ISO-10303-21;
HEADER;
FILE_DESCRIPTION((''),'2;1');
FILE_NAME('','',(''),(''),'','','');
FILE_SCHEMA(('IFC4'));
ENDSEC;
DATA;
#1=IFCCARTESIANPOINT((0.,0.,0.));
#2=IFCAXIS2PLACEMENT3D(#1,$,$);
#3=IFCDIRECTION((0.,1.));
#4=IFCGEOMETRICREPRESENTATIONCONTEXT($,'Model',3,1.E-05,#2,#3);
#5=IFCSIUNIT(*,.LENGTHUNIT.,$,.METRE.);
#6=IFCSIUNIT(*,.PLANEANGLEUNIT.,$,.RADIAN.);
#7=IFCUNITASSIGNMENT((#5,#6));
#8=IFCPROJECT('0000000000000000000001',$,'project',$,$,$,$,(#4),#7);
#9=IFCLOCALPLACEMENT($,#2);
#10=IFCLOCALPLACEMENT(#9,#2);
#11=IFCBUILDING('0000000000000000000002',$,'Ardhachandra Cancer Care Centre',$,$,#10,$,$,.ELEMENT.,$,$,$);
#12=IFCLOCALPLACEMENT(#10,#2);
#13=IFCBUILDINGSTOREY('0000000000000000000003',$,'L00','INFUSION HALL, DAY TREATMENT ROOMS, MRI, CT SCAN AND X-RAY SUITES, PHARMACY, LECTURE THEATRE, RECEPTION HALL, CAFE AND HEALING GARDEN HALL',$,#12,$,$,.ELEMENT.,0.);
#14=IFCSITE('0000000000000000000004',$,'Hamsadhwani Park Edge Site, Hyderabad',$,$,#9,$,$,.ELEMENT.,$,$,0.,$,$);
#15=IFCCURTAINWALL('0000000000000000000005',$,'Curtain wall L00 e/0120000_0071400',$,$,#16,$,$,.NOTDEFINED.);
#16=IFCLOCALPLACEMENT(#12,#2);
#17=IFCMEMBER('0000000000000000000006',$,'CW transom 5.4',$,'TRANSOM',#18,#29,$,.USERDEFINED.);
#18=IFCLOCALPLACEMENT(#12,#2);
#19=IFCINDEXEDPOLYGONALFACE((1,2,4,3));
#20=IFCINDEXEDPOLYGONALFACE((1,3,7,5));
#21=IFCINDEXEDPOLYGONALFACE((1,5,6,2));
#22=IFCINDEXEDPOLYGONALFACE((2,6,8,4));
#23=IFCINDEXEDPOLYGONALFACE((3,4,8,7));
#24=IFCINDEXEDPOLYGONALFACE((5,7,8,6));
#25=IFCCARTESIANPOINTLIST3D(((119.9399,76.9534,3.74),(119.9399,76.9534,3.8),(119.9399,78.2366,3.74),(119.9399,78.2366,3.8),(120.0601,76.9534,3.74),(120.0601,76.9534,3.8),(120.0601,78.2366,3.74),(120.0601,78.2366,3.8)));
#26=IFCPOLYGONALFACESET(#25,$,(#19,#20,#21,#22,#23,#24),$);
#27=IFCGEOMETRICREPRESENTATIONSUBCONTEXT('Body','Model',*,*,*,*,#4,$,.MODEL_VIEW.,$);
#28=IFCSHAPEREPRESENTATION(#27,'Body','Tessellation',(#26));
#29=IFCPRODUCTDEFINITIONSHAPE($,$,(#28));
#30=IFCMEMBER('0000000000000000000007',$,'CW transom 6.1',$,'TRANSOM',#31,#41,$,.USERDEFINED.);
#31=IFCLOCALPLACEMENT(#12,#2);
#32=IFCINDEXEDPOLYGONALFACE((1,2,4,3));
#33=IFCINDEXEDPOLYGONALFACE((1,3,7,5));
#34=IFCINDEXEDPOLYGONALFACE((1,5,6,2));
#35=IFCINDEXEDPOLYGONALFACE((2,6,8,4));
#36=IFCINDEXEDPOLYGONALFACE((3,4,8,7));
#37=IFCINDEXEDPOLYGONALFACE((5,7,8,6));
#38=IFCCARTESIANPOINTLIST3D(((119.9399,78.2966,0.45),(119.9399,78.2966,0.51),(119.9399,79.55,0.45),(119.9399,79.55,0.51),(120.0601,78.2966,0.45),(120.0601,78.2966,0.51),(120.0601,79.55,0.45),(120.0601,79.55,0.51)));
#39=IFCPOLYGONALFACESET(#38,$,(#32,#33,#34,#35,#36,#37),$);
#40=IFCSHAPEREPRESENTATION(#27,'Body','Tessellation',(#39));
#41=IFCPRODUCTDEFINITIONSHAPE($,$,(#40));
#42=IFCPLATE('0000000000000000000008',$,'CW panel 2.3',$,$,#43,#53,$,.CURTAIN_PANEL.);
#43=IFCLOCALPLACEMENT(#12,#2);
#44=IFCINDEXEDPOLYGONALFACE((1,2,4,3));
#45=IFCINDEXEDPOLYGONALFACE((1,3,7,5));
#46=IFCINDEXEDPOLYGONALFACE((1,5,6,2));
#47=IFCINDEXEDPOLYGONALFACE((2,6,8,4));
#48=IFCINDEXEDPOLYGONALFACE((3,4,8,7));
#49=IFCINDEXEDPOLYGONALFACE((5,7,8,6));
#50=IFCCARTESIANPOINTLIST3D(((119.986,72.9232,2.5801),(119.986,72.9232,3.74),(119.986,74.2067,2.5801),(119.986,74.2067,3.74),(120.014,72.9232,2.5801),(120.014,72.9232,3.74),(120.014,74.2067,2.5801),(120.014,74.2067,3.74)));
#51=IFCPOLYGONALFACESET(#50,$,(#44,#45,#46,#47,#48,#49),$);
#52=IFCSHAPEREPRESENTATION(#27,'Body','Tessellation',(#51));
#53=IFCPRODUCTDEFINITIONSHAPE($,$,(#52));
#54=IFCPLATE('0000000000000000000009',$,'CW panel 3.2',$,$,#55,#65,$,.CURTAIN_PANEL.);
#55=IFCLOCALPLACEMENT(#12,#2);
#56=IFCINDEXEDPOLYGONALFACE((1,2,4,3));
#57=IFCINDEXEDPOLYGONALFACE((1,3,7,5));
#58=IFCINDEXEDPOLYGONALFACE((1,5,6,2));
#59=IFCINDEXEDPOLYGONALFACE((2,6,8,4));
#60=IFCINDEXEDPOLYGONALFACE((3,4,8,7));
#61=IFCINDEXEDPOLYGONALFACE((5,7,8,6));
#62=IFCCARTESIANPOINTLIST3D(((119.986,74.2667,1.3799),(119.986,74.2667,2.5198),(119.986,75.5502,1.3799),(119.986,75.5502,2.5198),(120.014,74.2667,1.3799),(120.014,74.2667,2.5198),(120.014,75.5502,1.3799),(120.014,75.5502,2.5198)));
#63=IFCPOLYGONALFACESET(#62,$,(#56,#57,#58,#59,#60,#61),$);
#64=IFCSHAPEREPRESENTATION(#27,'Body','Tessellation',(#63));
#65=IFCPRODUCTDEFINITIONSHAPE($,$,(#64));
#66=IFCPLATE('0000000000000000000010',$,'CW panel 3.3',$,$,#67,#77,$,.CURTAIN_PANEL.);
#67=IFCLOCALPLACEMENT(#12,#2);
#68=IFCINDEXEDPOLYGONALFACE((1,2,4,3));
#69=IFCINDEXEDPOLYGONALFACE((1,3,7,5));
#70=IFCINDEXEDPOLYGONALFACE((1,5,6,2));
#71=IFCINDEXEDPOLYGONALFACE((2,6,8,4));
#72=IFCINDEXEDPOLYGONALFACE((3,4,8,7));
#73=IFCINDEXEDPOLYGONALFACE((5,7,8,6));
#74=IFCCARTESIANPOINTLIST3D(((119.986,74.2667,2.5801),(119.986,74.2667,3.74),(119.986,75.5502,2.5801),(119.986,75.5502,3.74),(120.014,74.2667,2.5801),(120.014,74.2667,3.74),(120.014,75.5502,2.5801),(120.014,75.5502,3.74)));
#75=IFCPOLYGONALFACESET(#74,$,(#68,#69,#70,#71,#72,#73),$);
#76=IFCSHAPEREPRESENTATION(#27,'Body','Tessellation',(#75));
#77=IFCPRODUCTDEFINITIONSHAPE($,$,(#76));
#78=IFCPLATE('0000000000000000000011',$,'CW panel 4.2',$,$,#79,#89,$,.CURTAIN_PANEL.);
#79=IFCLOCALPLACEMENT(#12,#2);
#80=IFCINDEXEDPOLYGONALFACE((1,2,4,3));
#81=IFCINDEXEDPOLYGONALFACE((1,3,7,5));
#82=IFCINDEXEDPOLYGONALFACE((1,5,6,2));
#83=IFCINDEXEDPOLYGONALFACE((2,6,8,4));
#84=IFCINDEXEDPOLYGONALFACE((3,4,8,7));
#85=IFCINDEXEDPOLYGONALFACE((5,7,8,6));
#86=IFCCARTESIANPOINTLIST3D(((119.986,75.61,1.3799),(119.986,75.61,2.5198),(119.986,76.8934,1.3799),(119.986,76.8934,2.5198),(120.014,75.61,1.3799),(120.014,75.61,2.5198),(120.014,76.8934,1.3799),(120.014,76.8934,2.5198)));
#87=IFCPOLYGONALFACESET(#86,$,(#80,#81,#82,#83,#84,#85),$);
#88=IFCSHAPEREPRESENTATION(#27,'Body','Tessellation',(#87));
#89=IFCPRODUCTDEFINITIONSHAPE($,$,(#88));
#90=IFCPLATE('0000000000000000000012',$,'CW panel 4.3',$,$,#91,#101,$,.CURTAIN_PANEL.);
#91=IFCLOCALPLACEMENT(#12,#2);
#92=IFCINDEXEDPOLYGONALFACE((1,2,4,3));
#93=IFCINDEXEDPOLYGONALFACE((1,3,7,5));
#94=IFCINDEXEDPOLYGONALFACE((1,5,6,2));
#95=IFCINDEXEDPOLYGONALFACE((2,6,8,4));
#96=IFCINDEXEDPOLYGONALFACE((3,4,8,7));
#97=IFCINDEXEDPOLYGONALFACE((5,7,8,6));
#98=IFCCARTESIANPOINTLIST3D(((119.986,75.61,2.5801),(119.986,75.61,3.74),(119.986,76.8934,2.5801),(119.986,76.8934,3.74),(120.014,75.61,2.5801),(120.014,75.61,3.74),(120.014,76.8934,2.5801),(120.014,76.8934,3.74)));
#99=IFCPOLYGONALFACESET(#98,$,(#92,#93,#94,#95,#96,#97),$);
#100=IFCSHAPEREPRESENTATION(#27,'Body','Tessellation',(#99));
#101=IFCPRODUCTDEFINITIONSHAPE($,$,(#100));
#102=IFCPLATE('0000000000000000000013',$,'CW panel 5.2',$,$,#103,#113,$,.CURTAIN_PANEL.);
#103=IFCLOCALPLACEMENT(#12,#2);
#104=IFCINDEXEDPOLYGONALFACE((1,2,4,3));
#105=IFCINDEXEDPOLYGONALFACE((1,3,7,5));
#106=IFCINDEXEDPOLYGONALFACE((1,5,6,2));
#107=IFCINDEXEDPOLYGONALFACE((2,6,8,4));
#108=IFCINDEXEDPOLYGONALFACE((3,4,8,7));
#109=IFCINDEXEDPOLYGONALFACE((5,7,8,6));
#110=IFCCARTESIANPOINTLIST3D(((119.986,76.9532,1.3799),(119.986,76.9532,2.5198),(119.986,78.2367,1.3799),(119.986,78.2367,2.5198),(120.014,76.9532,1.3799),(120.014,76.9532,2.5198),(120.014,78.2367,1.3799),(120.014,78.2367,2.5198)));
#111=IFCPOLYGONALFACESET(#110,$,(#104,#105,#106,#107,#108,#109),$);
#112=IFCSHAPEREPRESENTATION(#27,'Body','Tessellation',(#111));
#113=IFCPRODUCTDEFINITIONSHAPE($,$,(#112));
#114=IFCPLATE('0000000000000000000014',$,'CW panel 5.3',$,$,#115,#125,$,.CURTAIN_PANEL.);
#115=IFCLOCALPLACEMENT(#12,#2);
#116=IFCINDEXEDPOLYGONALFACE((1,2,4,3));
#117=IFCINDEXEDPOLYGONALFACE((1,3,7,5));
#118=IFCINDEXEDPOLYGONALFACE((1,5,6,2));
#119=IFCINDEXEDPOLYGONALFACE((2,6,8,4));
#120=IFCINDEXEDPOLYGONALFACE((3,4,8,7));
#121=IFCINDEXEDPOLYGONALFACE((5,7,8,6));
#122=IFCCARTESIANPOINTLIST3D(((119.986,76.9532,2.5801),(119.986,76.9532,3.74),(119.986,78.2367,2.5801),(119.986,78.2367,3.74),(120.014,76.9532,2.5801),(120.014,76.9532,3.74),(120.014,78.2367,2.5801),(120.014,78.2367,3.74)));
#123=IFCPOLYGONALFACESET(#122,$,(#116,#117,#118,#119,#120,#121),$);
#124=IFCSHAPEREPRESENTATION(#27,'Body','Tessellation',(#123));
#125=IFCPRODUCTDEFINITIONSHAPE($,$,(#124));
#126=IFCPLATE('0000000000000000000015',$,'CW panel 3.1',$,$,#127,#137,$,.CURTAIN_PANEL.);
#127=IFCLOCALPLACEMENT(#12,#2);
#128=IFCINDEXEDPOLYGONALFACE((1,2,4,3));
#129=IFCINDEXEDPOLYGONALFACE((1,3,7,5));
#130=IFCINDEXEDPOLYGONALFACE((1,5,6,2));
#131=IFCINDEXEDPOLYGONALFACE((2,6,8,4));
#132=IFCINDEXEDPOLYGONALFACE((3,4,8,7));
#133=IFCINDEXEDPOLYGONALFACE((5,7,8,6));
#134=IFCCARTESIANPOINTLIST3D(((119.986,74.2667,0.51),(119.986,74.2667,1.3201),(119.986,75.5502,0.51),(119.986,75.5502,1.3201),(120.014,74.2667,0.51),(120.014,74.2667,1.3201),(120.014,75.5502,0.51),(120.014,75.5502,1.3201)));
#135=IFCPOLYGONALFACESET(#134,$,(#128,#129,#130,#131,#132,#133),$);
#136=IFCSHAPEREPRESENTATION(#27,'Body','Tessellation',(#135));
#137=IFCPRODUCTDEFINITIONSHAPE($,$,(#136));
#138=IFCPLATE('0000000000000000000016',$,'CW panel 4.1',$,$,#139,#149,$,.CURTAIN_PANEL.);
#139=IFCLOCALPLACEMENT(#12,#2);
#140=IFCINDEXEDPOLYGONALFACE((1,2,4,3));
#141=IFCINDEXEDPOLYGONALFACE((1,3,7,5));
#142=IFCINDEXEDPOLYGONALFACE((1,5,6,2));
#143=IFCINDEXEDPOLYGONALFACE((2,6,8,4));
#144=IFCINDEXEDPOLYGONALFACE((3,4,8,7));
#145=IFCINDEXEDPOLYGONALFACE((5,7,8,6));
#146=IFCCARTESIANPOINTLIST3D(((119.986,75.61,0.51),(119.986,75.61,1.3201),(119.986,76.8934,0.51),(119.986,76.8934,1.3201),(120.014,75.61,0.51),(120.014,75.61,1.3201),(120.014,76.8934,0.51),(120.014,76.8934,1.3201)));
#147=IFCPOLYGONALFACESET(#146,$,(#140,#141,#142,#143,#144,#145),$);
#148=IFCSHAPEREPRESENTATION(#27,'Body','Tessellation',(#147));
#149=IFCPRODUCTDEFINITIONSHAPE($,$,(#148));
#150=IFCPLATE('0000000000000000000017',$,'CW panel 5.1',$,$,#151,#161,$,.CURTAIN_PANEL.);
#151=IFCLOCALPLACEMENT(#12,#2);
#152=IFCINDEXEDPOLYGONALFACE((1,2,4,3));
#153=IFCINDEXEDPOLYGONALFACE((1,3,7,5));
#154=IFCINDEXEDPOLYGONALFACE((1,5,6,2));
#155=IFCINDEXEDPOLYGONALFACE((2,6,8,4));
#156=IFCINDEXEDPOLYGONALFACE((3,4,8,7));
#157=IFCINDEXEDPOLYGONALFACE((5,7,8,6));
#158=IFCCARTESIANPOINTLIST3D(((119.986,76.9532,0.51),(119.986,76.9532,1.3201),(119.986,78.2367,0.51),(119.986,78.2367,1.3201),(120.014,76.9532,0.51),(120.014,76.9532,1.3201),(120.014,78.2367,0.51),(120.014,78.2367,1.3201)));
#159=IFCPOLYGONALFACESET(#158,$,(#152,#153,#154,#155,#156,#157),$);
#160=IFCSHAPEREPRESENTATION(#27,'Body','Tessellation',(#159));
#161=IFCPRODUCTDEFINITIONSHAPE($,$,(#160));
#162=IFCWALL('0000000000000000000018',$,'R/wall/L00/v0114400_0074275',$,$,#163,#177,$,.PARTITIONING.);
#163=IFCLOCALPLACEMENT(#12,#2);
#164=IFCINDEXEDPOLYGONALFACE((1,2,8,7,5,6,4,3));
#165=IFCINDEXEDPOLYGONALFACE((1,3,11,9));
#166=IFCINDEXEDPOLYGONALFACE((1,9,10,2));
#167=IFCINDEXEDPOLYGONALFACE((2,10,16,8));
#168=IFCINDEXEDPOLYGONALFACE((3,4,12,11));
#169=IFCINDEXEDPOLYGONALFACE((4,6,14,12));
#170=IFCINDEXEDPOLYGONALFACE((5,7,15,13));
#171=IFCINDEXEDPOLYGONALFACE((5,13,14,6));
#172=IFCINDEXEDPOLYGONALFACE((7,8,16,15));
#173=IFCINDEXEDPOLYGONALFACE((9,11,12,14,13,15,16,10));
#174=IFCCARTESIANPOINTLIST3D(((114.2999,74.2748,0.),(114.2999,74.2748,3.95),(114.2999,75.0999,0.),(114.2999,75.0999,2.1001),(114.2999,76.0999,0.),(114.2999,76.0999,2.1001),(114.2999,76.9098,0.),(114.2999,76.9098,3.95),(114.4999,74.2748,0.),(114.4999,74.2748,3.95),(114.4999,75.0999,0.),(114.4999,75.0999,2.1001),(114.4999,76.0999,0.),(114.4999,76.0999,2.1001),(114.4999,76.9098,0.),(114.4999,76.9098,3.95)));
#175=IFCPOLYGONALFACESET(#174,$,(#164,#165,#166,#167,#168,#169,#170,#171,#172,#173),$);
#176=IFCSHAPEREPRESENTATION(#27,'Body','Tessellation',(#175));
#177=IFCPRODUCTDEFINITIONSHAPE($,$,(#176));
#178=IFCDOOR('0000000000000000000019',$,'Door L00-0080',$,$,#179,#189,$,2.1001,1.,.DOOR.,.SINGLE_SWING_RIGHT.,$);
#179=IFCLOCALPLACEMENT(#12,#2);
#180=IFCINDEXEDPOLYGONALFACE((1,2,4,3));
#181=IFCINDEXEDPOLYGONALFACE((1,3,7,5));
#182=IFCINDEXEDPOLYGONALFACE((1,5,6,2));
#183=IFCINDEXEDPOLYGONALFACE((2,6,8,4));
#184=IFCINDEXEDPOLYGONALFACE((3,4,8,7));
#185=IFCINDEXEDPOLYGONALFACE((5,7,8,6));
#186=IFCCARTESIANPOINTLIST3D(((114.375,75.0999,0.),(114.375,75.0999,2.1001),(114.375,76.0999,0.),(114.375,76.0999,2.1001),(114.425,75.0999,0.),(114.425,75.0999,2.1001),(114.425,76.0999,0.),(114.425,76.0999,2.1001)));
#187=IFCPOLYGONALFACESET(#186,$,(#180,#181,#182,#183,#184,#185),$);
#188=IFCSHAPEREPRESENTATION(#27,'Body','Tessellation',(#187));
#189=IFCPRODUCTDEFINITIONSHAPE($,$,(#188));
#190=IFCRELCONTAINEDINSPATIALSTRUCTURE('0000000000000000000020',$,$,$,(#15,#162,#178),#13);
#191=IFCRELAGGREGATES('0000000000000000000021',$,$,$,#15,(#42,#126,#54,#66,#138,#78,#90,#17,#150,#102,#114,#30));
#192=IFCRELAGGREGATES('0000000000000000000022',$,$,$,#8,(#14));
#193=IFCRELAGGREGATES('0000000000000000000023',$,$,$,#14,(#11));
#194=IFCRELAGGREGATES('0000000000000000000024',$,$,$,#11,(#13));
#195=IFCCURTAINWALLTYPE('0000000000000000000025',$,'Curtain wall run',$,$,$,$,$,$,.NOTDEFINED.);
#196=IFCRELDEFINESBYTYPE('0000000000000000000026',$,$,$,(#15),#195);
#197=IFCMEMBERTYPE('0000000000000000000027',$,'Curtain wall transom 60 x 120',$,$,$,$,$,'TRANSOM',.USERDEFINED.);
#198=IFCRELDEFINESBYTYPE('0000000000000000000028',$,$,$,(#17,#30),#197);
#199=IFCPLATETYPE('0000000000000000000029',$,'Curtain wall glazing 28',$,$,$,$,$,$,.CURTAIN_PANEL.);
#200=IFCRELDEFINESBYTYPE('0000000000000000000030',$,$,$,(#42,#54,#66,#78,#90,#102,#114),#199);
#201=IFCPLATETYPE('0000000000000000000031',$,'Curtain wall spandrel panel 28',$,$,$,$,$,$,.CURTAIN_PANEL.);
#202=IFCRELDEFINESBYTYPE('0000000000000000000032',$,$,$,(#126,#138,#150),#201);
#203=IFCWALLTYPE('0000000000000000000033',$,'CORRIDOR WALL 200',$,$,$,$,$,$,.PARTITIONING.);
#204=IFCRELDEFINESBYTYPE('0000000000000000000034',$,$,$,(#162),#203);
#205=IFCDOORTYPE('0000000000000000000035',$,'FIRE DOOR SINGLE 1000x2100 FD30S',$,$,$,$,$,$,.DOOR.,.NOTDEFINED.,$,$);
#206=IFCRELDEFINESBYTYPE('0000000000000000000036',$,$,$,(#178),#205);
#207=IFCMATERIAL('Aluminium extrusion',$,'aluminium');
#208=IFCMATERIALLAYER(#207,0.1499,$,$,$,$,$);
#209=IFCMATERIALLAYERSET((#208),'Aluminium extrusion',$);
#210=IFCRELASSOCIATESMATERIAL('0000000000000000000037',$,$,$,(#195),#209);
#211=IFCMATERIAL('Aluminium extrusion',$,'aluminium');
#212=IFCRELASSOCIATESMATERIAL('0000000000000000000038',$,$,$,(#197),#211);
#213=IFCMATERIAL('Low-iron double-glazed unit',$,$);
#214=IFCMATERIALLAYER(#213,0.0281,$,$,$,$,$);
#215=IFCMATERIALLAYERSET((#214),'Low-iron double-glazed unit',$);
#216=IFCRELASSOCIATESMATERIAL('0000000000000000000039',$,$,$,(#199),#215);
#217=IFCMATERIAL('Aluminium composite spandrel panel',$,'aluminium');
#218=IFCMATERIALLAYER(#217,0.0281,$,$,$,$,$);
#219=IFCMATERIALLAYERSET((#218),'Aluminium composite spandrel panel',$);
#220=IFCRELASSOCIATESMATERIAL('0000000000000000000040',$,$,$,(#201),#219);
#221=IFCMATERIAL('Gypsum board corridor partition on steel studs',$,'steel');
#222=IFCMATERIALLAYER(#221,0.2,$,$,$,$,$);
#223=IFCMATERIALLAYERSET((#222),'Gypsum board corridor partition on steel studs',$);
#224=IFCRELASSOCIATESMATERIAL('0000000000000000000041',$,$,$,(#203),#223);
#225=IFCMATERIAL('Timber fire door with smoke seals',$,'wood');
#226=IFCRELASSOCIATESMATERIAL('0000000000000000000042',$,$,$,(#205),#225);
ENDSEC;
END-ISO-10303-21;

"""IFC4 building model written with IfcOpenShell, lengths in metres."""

from ifc_helpers import new_model, si_unit, direction, frame, frame_2d, origin, origin_2d, place, context, subcontext, project, spatial, rectangle, extrude, material, layer, layer_set, material_profile, profile_set, type_object, element, fill, aggregate, save


model = new_model("IFC4")

# Units and contexts
model_context = context("Model", 3, precision=1e-05, world=origin(), true_north=direction((0.0, 1.0)))
body_context = subcontext(model_context, "Body", "Model", "MODEL_VIEW")
ifc_project = project(units=[si_unit("LENGTHUNIT", "METRE"), si_unit("PLANEANGLEUNIT", "RADIAN")], contexts=[model_context])

# Site, building, storey
site_placement = place(None, origin())
site = spatial("IfcSite", under=ifc_project, at=site_placement, Name="Hamsadhwani Park Edge Site, Hyderabad", CompositionType="ELEMENT", RefElevation=0.0)
building_placement = place(site_placement, origin())
building = spatial("IfcBuilding", under=site, at=building_placement, Name="Ardhachandra Cancer Care Centre", CompositionType="ELEMENT")
storey_placement = place(building_placement, origin())
storey = spatial("IfcBuildingStorey", under=building, at=storey_placement, Name="L00", Description="INFUSION HALL, DAY TREATMENT ROOMS, MRI, CT SCAN AND X-RAY SUITES, PHARMACY, LECTURE THEATRE, RECEPTION HALL, CAFE AND HEALING GARDEN HALL", CompositionType="ELEMENT", Elevation=0.0)

# Curtain wall, members, plates
ifc_material_1 = material(Name="Aluminium extrusion", Category="aluminium")
ifc_layer_1 = layer(ifc_material_1, 0.1499)
ifc_layer_set_1 = layer_set([ifc_layer_1], Name="Aluminium extrusion")
curtain_wall_type = type_object("IfcCurtainWallType", Name="Curtain wall run", PredefinedType="NOTDEFINED", material=ifc_layer_set_1)
curtain_wall_placement = place(storey_placement, origin())
curtain_wall = element("IfcCurtainWall", 1, at=curtain_wall_placement, inside=storey, type_object=curtain_wall_type, Name="Curtain wall L00 e/0120000_0071400", PredefinedType="NOTDEFINED")
ifc_material_2 = material(Name="Aluminium extrusion", Category="aluminium")
ifc_material_profile_1 = material_profile(ifc_material_2, rectangle(XDim=0.1201, YDim=0.0601, at=origin_2d()), Name="Curtain wall transom 60 x 120")
ifc_profile_set_1 = profile_set([ifc_material_profile_1], Name="Aluminium extrusion")
member_type_1 = type_object("IfcMemberType", Name="Curtain wall transom 60 x 120", ElementType="TRANSOM", PredefinedType="USERDEFINED", material=ifc_profile_set_1)
member_1_placement = place(storey_placement, frame((120.0, 76.9534, 3.77), z_axis=(0.0, 1.0, 0.0), x_axis=(-1.0, 0.0, 0.0)))
member_1 = element("IfcMember", 2, at=member_1_placement, type_object=member_type_1, Name="CW transom 5.4", ObjectType="TRANSOM", PredefinedType="USERDEFINED", context=body_context, shape_type="SweptSolid", body=[
    extrude(rectangle(XDim=0.1201, YDim=0.0601, at=origin_2d()), origin(), (0.0, 0.0, 1.0), 1.2832),
])
member_2_placement = place(storey_placement, frame((120.0, 78.2966, 0.48), z_axis=(0.0, 1.0, 0.0), x_axis=(-1.0, 0.0, 0.0)))
member_2 = element("IfcMember", 3, at=member_2_placement, type_object=member_type_1, Name="CW transom 6.1", ObjectType="TRANSOM", PredefinedType="USERDEFINED", context=body_context, shape_type="SweptSolid", body=[
    extrude(rectangle(XDim=0.1201, YDim=0.0601, at=origin_2d()), origin(), (0.0, 0.0, 1.0), 1.2534),
])
ifc_material_3 = material(Name="Low-iron double-glazed unit")
ifc_layer_2 = layer(ifc_material_3, 0.0281)
ifc_layer_set_2 = layer_set([ifc_layer_2], Name="Low-iron double-glazed unit")
plate_type_1 = type_object("IfcPlateType", Name="Curtain wall glazing 28", PredefinedType="CURTAIN_PANEL", material=ifc_layer_set_2)
plate_1_placement = place(storey_placement, frame((120.0, 73.5649, 2.5801), z_axis=(0.0, 0.0, 1.0), x_axis=(0.0, 1.0, 0.0)))
plate_1 = element("IfcPlate", 4, at=plate_1_placement, type_object=plate_type_1, Name="CW panel 2.3", PredefinedType="CURTAIN_PANEL", context=body_context, shape_type="SweptSolid", body=[
    extrude(rectangle(XDim=1.2834, YDim=0.0281, at=origin_2d()), origin(), (0.0, 0.0, 1.0), 1.1599),
])
plate_2_placement = place(storey_placement, frame((120.0, 74.9084, 1.3799), z_axis=(0.0, 0.0, 1.0), x_axis=(0.0, 1.0, 0.0)))
plate_2 = element("IfcPlate", 5, at=plate_2_placement, type_object=plate_type_1, Name="CW panel 3.2", PredefinedType="CURTAIN_PANEL", context=body_context, shape_type="SweptSolid", body=[
    extrude(rectangle(XDim=1.2834, YDim=0.0281, at=origin_2d()), origin(), (0.0, 0.0, 1.0), 1.1399),
])
plate_3_placement = place(storey_placement, frame((120.0, 74.9084, 2.5801), z_axis=(0.0, 0.0, 1.0), x_axis=(0.0, 1.0, 0.0)))
plate_3 = element("IfcPlate", 6, at=plate_3_placement, type_object=plate_type_1, Name="CW panel 3.3", PredefinedType="CURTAIN_PANEL", context=body_context, shape_type="SweptSolid", body=[
    extrude(rectangle(XDim=1.2834, YDim=0.0281, at=origin_2d()), origin(), (0.0, 0.0, 1.0), 1.1599),
])
plate_4_placement = place(storey_placement, frame((120.0, 76.2517, 1.3799), z_axis=(0.0, 0.0, 1.0), x_axis=(0.0, 1.0, 0.0)))
plate_4 = element("IfcPlate", 7, at=plate_4_placement, type_object=plate_type_1, Name="CW panel 4.2", PredefinedType="CURTAIN_PANEL", context=body_context, shape_type="SweptSolid", body=[
    extrude(rectangle(XDim=1.2834, YDim=0.0281, at=origin_2d()), origin(), (0.0, 0.0, 1.0), 1.1399),
])
plate_5_placement = place(storey_placement, frame((120.0, 76.2517, 2.5801), z_axis=(0.0, 0.0, 1.0), x_axis=(0.0, 1.0, 0.0)))
plate_5 = element("IfcPlate", 8, at=plate_5_placement, type_object=plate_type_1, Name="CW panel 4.3", PredefinedType="CURTAIN_PANEL", context=body_context, shape_type="SweptSolid", body=[
    extrude(rectangle(XDim=1.2834, YDim=0.0281, at=origin_2d()), origin(), (0.0, 0.0, 1.0), 1.1599),
])
plate_6_placement = place(storey_placement, frame((120.0, 77.595, 1.3799), z_axis=(0.0, 0.0, 1.0), x_axis=(0.0, 1.0, 0.0)))
plate_6 = element("IfcPlate", 9, at=plate_6_placement, type_object=plate_type_1, Name="CW panel 5.2", PredefinedType="CURTAIN_PANEL", context=body_context, shape_type="SweptSolid", body=[
    extrude(rectangle(XDim=1.2834, YDim=0.0281, at=origin_2d()), origin(), (0.0, 0.0, 1.0), 1.1399),
])
plate_7_placement = place(storey_placement, frame((120.0, 77.595, 2.5801), z_axis=(0.0, 0.0, 1.0), x_axis=(0.0, 1.0, 0.0)))
plate_7 = element("IfcPlate", 10, at=plate_7_placement, type_object=plate_type_1, Name="CW panel 5.3", PredefinedType="CURTAIN_PANEL", context=body_context, shape_type="SweptSolid", body=[
    extrude(rectangle(XDim=1.2834, YDim=0.0281, at=origin_2d()), origin(), (0.0, 0.0, 1.0), 1.1599),
])
ifc_material_4 = material(Name="Aluminium composite spandrel panel", Category="aluminium")
ifc_layer_3 = layer(ifc_material_4, 0.0281)
ifc_layer_set_3 = layer_set([ifc_layer_3], Name="Aluminium composite spandrel panel")
plate_type_2 = type_object("IfcPlateType", Name="Curtain wall spandrel panel 28", PredefinedType="CURTAIN_PANEL", material=ifc_layer_set_3)
plate_8_placement = place(storey_placement, frame((120.0, 74.9084, 0.51), z_axis=(0.0, 0.0, 1.0), x_axis=(0.0, 1.0, 0.0)))
plate_8 = element("IfcPlate", 11, at=plate_8_placement, type_object=plate_type_2, Name="CW panel 3.1", PredefinedType="CURTAIN_PANEL", context=body_context, shape_type="SweptSolid", body=[
    extrude(rectangle(XDim=1.2834, YDim=0.0281, at=origin_2d()), origin(), (0.0, 0.0, 1.0), 0.8101),
])
plate_9_placement = place(storey_placement, frame((120.0, 76.2517, 0.51), z_axis=(0.0, 0.0, 1.0), x_axis=(0.0, 1.0, 0.0)))
plate_9 = element("IfcPlate", 12, at=plate_9_placement, type_object=plate_type_2, Name="CW panel 4.1", PredefinedType="CURTAIN_PANEL", context=body_context, shape_type="SweptSolid", body=[
    extrude(rectangle(XDim=1.2834, YDim=0.0281, at=origin_2d()), origin(), (0.0, 0.0, 1.0), 0.8101),
])
plate_10_placement = place(storey_placement, frame((120.0, 77.595, 0.51), z_axis=(0.0, 0.0, 1.0), x_axis=(0.0, 1.0, 0.0)))
plate_10 = element("IfcPlate", 13, at=plate_10_placement, type_object=plate_type_2, Name="CW panel 5.1", PredefinedType="CURTAIN_PANEL", context=body_context, shape_type="SweptSolid", body=[
    extrude(rectangle(XDim=1.2834, YDim=0.0281, at=origin_2d()), origin(), (0.0, 0.0, 1.0), 0.8101),
])
aggregate(curtain_wall, [plate_1, plate_8, plate_2, plate_3, plate_9, plate_4, plate_5, member_1, plate_10, plate_6, plate_7, member_2])

# Wall, opening, door
ifc_material_5 = material(Name="Gypsum board corridor partition on steel studs", Category="steel")
ifc_layer_4 = layer(ifc_material_5, 0.2)
ifc_layer_set_4 = layer_set([ifc_layer_4], Name="Gypsum board corridor partition on steel studs")
wall_type = type_object("IfcWallType", Name="CORRIDOR WALL 200", PredefinedType="PARTITIONING", material=ifc_layer_set_4)
wall_1_placement = place(storey_placement, frame((114.3999, 74.2749, 0.0), z_axis=(0.0, 0.0, 1.0), x_axis=(0.0, 1.0, 0.0)))
wall_1 = element("IfcWall", 14, at=wall_1_placement, inside=storey, type_object=wall_type, Name="R/wall/L00/v0114400_0074275", PredefinedType="PARTITIONING", context=body_context, shape_type="SweptSolid", body=[
    extrude(rectangle(XDim=2.635, YDim=0.2, at=frame_2d((1.3174, 0.0))), origin(), (0.0, 0.0, 1.0), 3.95),
])
opening_1_placement = place(wall_1_placement, frame((0.825, 0.0, 0.0)))
opening_1 = element("IfcOpeningElement", 15, at=opening_1_placement, cuts=wall_1, PredefinedType="OPENING", context=body_context, shape_type="SweptSolid", body=[
    extrude(rectangle(XDim=1.0, YDim=2.1001, at=frame_2d((0.5, 1.05))), frame((0.0, 0.1099, 0.0), z_axis=(0.0, -1.0, 0.0), x_axis=(1.0, 0.0, 0.0)), (0.0, 0.0, 1.0), 0.22),
])
ifc_material_6 = material(Name="Timber fire door with smoke seals", Category="wood")
door_type = type_object("IfcDoorType", Name="FIRE DOOR SINGLE 1000x2100 FD30S", OperationType="NOTDEFINED", PredefinedType="DOOR", material=ifc_material_6)
door_1_placement = place(opening_1_placement, origin())
door_1 = element("IfcDoor", 16, at=door_1_placement, inside=storey, type_object=door_type, Name="Door L00-0080", OperationType="SINGLE_SWING_RIGHT", OverallHeight=2.1001, OverallWidth=1.0, PredefinedType="DOOR", context=body_context, shape_type="SweptSolid", body=[
    extrude(rectangle(XDim=1.0, YDim=2.1001, at=frame_2d((0.5, 1.05))), frame((0.0, 0.0249, 0.0), z_axis=(0.0, -1.0, 0.0), x_axis=(1.0, 0.0, 0.0)), (0.0, 0.0, 1.0), 0.05),
])
fill(opening_1, door_1)

save(model, "model.ifc")
